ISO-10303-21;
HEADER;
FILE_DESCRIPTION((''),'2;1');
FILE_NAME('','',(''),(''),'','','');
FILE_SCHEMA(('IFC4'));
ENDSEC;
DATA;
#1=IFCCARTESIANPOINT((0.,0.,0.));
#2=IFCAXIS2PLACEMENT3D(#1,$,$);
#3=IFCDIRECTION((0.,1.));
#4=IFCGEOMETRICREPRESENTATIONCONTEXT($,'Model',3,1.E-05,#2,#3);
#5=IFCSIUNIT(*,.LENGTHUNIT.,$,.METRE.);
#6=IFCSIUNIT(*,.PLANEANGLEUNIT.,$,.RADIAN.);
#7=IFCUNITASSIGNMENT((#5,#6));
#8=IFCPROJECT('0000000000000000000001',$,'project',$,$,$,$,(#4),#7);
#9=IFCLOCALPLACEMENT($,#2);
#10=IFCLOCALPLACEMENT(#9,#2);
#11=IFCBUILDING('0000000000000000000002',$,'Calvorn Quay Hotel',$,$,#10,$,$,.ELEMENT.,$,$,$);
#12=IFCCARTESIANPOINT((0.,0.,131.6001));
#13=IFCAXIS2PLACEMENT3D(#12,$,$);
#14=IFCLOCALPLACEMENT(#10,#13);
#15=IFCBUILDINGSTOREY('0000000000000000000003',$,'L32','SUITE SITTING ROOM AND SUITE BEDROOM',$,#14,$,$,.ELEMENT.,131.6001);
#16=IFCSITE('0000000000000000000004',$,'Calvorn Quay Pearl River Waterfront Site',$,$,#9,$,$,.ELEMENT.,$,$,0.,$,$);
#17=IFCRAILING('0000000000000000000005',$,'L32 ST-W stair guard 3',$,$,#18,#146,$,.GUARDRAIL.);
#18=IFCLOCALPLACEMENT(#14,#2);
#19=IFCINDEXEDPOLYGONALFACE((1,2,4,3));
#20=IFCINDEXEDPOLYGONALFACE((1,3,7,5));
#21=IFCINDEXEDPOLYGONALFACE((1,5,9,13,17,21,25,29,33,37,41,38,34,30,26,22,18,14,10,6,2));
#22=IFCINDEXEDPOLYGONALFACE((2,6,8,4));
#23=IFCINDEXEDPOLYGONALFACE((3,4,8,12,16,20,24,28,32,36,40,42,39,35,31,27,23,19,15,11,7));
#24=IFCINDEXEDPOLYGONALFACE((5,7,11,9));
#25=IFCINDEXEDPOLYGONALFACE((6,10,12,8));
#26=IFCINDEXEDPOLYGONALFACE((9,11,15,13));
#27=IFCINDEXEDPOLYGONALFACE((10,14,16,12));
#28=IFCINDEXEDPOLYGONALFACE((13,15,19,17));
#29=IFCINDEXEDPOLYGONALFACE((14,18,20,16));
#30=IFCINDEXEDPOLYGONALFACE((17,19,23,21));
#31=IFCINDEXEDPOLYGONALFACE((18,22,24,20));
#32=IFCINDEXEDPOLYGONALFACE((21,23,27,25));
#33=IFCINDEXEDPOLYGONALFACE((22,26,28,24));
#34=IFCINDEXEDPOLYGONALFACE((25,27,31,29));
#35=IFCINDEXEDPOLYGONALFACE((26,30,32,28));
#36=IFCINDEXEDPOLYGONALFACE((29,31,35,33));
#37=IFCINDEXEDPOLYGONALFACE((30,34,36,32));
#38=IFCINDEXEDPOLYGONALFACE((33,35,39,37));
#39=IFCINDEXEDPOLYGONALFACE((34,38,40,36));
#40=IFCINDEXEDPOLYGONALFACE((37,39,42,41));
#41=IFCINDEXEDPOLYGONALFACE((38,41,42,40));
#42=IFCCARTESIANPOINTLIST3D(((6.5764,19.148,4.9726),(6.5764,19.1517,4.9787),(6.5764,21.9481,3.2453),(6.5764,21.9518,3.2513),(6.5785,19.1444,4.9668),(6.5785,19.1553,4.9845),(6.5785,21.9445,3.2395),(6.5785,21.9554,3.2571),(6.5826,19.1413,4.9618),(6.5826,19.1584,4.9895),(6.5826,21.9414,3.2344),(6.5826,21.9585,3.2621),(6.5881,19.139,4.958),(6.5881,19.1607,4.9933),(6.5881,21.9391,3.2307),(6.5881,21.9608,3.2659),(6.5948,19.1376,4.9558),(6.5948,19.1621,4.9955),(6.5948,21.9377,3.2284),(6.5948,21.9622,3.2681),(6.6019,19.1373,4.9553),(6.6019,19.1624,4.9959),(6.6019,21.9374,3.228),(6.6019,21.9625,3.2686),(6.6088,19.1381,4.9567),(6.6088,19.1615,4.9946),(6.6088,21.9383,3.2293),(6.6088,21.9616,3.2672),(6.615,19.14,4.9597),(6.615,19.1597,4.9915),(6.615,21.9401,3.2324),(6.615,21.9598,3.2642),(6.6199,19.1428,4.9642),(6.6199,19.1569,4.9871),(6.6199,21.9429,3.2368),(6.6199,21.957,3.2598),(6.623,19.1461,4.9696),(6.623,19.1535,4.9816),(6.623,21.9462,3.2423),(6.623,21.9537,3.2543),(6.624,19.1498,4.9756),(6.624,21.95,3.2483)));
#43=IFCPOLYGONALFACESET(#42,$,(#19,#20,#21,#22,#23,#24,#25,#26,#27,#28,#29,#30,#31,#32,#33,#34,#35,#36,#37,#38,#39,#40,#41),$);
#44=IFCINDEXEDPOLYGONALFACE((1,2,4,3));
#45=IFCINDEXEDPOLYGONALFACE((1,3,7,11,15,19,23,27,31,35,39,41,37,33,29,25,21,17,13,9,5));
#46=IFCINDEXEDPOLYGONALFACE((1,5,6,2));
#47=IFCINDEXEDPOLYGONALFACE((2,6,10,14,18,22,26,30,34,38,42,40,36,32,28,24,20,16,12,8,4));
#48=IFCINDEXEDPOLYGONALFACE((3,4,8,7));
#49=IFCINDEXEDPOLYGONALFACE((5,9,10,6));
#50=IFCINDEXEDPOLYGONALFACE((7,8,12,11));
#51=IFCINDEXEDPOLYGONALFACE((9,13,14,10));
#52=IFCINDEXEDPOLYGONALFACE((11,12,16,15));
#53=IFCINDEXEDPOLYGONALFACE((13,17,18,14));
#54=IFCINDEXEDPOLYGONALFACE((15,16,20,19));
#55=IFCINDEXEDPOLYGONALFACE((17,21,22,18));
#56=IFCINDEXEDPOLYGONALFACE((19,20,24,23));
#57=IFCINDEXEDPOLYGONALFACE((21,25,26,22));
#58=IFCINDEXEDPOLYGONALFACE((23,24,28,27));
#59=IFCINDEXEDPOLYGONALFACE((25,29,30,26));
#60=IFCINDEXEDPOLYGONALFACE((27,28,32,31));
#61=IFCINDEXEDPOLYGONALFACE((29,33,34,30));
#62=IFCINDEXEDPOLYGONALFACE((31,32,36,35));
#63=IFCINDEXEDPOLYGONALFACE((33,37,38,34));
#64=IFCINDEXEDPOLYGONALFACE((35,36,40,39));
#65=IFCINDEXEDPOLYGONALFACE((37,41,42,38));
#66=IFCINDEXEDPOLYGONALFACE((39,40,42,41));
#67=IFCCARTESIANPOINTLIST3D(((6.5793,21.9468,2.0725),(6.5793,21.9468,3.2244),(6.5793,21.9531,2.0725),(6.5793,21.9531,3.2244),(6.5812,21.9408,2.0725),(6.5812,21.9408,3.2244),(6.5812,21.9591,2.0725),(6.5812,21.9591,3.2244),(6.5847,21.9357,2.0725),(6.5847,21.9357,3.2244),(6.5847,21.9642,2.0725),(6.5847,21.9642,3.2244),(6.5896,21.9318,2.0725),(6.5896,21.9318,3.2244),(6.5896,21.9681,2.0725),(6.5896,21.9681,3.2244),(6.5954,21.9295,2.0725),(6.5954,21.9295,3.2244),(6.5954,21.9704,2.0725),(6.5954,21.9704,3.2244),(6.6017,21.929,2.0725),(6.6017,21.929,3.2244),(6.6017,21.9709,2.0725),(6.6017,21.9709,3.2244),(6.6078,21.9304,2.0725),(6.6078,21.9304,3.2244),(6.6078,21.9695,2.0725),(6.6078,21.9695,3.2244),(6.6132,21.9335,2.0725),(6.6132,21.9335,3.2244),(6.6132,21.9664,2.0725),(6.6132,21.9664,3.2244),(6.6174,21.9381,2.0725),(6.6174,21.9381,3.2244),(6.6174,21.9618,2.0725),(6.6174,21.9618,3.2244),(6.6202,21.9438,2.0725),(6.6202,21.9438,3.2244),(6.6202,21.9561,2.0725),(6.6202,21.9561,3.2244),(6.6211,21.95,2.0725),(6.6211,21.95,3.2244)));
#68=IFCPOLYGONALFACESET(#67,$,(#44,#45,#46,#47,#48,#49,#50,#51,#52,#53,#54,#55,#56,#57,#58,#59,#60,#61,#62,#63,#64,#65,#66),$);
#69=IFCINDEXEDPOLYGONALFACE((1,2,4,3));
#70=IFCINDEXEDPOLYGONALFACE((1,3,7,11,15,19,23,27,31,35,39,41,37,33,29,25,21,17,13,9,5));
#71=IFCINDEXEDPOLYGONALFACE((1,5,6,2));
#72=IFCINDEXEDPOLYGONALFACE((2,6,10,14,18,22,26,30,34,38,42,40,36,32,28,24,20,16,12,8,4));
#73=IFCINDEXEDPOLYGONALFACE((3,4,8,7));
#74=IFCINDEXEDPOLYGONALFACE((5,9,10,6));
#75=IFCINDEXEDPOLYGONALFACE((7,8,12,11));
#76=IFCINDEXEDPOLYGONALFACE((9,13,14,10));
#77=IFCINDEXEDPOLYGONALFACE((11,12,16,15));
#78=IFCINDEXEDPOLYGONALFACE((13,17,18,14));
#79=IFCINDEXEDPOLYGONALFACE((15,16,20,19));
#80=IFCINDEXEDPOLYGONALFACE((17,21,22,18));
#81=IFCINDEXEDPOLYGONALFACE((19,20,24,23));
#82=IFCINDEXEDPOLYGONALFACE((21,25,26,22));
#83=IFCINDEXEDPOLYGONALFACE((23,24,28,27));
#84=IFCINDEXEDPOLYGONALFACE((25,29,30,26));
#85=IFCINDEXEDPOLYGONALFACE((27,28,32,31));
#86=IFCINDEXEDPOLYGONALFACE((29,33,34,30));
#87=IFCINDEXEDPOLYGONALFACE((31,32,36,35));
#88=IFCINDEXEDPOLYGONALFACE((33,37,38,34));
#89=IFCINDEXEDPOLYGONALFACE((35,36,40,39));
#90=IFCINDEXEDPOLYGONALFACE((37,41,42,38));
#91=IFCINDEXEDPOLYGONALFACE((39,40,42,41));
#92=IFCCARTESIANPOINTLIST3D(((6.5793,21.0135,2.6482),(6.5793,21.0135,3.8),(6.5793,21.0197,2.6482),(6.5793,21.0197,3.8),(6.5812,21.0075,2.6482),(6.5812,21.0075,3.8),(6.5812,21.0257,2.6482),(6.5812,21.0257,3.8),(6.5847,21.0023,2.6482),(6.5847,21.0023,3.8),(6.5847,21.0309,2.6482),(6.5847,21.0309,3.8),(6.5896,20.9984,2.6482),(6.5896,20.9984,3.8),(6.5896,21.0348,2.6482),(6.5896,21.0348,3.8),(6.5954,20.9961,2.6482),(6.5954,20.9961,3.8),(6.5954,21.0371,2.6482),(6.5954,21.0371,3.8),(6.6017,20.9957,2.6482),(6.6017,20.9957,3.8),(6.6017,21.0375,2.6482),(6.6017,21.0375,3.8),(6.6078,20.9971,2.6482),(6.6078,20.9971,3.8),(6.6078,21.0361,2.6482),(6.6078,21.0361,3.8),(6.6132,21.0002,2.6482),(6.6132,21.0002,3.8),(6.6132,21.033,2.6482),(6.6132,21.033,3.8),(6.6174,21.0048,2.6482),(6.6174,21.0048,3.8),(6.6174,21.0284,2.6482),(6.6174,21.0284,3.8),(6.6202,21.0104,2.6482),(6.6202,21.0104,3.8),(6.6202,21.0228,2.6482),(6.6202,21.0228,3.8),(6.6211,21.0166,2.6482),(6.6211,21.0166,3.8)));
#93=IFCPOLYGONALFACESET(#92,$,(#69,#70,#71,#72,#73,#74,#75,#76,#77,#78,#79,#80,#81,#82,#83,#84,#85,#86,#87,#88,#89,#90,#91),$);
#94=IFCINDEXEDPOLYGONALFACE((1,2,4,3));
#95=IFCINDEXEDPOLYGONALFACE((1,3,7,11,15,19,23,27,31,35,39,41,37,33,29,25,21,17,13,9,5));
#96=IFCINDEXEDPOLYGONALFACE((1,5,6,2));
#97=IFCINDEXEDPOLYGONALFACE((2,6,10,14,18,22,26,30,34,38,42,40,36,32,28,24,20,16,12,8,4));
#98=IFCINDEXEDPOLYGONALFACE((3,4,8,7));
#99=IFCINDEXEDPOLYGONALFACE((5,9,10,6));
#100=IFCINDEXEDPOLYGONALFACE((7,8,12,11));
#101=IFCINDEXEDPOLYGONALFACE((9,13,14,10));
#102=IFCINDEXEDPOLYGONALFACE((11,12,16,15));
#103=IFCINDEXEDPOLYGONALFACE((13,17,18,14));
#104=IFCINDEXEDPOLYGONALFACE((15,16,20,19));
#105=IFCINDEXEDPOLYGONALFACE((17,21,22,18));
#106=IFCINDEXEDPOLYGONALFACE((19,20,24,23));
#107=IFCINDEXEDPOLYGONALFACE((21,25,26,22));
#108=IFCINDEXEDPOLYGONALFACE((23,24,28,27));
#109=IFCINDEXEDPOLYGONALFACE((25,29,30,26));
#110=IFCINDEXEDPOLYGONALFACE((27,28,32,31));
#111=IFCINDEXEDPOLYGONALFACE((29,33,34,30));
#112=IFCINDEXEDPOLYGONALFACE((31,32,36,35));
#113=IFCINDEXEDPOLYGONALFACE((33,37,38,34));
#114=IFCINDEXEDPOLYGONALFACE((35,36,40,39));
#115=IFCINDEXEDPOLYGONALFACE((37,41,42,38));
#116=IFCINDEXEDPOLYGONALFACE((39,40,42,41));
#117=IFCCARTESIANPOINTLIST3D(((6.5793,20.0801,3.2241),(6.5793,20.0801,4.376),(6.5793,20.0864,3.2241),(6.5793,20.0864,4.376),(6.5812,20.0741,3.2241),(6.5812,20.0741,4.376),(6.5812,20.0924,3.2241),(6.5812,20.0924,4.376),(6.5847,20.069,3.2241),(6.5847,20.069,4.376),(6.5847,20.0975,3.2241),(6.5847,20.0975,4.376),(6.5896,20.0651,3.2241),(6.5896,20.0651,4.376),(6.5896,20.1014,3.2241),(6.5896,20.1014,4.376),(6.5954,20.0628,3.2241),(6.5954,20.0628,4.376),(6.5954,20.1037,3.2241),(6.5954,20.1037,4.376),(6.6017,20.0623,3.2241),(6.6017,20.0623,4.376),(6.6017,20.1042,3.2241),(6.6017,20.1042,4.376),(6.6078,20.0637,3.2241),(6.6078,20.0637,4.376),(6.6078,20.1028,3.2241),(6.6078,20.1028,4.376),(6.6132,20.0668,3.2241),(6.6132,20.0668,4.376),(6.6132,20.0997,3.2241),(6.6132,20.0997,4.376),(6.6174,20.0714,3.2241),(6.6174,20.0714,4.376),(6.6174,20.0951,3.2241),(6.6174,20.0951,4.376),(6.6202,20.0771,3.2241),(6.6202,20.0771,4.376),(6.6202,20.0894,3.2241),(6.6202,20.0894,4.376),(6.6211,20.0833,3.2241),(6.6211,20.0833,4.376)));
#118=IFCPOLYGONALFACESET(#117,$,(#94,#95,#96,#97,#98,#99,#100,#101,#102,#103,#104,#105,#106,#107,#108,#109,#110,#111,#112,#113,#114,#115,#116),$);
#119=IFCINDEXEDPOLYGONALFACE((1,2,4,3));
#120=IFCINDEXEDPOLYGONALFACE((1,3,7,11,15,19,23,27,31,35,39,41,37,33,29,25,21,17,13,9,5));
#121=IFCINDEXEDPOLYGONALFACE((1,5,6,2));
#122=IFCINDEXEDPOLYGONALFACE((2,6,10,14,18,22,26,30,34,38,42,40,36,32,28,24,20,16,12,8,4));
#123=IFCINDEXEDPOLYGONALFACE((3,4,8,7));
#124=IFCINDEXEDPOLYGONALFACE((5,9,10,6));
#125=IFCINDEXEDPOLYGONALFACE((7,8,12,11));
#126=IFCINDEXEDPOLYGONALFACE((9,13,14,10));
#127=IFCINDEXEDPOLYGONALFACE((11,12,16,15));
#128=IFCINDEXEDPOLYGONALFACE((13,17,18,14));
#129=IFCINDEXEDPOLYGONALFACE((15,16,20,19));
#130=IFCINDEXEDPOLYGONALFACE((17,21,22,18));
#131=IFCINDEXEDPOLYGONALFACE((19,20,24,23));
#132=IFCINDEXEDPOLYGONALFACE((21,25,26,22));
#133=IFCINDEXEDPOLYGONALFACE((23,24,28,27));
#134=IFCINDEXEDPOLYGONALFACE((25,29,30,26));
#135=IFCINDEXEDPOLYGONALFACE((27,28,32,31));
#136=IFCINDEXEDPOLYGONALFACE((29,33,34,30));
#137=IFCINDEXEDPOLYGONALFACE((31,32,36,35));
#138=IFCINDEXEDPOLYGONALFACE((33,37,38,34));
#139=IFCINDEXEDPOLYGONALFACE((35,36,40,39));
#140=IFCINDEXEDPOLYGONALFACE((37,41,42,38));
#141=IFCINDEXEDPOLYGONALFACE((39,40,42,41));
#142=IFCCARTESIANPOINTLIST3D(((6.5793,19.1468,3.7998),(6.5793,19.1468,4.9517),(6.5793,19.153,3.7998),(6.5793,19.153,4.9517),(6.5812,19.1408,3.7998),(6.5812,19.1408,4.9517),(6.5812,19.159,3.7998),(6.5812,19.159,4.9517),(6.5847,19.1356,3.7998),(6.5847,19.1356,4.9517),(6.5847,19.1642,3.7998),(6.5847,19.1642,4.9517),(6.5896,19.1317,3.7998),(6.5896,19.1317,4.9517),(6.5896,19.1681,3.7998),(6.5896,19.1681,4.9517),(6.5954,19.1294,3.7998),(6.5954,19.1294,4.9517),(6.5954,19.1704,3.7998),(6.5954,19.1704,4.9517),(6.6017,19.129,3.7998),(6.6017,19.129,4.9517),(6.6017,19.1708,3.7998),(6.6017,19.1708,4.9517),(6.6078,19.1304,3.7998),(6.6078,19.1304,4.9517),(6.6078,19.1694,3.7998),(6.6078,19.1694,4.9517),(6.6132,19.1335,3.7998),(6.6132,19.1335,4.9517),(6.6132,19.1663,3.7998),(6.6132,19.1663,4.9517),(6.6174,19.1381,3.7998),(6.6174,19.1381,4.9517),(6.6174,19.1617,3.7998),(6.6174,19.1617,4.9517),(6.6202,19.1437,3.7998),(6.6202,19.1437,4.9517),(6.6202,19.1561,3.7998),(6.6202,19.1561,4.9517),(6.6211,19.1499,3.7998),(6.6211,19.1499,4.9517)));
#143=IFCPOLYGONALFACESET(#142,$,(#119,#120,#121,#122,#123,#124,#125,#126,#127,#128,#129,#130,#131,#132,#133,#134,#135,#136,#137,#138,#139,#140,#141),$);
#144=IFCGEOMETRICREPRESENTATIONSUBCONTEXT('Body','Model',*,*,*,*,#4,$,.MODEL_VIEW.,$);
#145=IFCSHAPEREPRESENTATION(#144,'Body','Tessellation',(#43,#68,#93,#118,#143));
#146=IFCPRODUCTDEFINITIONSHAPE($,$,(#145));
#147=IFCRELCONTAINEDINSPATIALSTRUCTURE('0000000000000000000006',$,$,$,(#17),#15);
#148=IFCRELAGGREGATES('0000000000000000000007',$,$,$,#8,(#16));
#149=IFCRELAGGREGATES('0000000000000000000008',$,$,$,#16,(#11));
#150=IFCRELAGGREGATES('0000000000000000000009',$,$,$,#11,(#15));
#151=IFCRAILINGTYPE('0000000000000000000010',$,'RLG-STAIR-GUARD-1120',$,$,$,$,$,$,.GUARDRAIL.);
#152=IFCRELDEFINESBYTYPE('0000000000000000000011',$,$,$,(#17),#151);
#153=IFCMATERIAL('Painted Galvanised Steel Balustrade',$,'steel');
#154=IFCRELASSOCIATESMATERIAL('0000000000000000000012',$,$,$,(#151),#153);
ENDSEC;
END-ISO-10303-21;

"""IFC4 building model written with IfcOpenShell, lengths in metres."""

from ifc_helpers import new_model, si_unit, direction, frame, origin, origin_2d, place, context, subcontext, project, spatial, circle, extrude, material, type_object, element, save


model = new_model("IFC4")

# Units and contexts
model_context = context("Model", 3, precision=1e-05, world=origin(), true_north=direction((0.0, 1.0)))
body_context = subcontext(model_context, "Body", "Model", "MODEL_VIEW")
ifc_project = project(units=[si_unit("LENGTHUNIT", "METRE"), si_unit("PLANEANGLEUNIT", "RADIAN")], contexts=[model_context])

# Site, building, storey
site_placement = place(None, origin())
site = spatial("IfcSite", under=ifc_project, at=site_placement, Name="Calvorn Quay Pearl River Waterfront Site", CompositionType="ELEMENT", RefElevation=0.0)
building_placement = place(site_placement, origin())
building = spatial("IfcBuilding", under=site, at=building_placement, Name="Calvorn Quay Hotel", CompositionType="ELEMENT")
storey_placement = place(building_placement, frame((0.0, 0.0, 131.6001)))
storey = spatial("IfcBuildingStorey", under=building, at=storey_placement, Name="L32", Description="SUITE SITTING ROOM AND SUITE BEDROOM", CompositionType="ELEMENT", Elevation=131.6001)

# Railing
ifc_material_1 = material(Name="Painted Galvanised Steel Balustrade", Category="steel")
railing_type_1 = type_object("IfcRailingType", Name="RLG-STAIR-GUARD-1120", PredefinedType="GUARDRAIL", material=ifc_material_1)
railing_1_placement = place(storey_placement, frame((6.6001, 21.95, 2.0725)))
element("IfcRailing", 1, at=railing_1_placement, inside=storey, type_object=railing_type_1, Name="L32 ST-W stair guard 3", PredefinedType="GUARDRAIL", context=body_context, shape_type="SweptSolid", body=[
    extrude(circle(Radius=0.0239, at=origin_2d()), frame((0.0, 0.0, 1.1758), z_axis=(0.0, -0.85109, 0.52502), x_axis=(1.0, 0.0, 0.0)), (0.0, 0.0, 1.0), 3.29),
    extrude(circle(Radius=0.021, at=origin_2d()), origin(), (0.0, 0.0, 1.0), 1.1519),
    extrude(circle(Radius=0.021, at=origin_2d()), frame((0.0, -0.9333, 0.5757)), (0.0, 0.0, 1.0), 1.1519),
    extrude(circle(Radius=0.021, at=origin_2d()), frame((0.0, -1.8667, 1.1516)), (0.0, 0.0, 1.0), 1.1519),
    extrude(circle(Radius=0.021, at=origin_2d()), frame((0.0, -2.8, 1.7273)), (0.0, 0.0, 1.0), 1.1519),
])

save(model, "model.ifc")
